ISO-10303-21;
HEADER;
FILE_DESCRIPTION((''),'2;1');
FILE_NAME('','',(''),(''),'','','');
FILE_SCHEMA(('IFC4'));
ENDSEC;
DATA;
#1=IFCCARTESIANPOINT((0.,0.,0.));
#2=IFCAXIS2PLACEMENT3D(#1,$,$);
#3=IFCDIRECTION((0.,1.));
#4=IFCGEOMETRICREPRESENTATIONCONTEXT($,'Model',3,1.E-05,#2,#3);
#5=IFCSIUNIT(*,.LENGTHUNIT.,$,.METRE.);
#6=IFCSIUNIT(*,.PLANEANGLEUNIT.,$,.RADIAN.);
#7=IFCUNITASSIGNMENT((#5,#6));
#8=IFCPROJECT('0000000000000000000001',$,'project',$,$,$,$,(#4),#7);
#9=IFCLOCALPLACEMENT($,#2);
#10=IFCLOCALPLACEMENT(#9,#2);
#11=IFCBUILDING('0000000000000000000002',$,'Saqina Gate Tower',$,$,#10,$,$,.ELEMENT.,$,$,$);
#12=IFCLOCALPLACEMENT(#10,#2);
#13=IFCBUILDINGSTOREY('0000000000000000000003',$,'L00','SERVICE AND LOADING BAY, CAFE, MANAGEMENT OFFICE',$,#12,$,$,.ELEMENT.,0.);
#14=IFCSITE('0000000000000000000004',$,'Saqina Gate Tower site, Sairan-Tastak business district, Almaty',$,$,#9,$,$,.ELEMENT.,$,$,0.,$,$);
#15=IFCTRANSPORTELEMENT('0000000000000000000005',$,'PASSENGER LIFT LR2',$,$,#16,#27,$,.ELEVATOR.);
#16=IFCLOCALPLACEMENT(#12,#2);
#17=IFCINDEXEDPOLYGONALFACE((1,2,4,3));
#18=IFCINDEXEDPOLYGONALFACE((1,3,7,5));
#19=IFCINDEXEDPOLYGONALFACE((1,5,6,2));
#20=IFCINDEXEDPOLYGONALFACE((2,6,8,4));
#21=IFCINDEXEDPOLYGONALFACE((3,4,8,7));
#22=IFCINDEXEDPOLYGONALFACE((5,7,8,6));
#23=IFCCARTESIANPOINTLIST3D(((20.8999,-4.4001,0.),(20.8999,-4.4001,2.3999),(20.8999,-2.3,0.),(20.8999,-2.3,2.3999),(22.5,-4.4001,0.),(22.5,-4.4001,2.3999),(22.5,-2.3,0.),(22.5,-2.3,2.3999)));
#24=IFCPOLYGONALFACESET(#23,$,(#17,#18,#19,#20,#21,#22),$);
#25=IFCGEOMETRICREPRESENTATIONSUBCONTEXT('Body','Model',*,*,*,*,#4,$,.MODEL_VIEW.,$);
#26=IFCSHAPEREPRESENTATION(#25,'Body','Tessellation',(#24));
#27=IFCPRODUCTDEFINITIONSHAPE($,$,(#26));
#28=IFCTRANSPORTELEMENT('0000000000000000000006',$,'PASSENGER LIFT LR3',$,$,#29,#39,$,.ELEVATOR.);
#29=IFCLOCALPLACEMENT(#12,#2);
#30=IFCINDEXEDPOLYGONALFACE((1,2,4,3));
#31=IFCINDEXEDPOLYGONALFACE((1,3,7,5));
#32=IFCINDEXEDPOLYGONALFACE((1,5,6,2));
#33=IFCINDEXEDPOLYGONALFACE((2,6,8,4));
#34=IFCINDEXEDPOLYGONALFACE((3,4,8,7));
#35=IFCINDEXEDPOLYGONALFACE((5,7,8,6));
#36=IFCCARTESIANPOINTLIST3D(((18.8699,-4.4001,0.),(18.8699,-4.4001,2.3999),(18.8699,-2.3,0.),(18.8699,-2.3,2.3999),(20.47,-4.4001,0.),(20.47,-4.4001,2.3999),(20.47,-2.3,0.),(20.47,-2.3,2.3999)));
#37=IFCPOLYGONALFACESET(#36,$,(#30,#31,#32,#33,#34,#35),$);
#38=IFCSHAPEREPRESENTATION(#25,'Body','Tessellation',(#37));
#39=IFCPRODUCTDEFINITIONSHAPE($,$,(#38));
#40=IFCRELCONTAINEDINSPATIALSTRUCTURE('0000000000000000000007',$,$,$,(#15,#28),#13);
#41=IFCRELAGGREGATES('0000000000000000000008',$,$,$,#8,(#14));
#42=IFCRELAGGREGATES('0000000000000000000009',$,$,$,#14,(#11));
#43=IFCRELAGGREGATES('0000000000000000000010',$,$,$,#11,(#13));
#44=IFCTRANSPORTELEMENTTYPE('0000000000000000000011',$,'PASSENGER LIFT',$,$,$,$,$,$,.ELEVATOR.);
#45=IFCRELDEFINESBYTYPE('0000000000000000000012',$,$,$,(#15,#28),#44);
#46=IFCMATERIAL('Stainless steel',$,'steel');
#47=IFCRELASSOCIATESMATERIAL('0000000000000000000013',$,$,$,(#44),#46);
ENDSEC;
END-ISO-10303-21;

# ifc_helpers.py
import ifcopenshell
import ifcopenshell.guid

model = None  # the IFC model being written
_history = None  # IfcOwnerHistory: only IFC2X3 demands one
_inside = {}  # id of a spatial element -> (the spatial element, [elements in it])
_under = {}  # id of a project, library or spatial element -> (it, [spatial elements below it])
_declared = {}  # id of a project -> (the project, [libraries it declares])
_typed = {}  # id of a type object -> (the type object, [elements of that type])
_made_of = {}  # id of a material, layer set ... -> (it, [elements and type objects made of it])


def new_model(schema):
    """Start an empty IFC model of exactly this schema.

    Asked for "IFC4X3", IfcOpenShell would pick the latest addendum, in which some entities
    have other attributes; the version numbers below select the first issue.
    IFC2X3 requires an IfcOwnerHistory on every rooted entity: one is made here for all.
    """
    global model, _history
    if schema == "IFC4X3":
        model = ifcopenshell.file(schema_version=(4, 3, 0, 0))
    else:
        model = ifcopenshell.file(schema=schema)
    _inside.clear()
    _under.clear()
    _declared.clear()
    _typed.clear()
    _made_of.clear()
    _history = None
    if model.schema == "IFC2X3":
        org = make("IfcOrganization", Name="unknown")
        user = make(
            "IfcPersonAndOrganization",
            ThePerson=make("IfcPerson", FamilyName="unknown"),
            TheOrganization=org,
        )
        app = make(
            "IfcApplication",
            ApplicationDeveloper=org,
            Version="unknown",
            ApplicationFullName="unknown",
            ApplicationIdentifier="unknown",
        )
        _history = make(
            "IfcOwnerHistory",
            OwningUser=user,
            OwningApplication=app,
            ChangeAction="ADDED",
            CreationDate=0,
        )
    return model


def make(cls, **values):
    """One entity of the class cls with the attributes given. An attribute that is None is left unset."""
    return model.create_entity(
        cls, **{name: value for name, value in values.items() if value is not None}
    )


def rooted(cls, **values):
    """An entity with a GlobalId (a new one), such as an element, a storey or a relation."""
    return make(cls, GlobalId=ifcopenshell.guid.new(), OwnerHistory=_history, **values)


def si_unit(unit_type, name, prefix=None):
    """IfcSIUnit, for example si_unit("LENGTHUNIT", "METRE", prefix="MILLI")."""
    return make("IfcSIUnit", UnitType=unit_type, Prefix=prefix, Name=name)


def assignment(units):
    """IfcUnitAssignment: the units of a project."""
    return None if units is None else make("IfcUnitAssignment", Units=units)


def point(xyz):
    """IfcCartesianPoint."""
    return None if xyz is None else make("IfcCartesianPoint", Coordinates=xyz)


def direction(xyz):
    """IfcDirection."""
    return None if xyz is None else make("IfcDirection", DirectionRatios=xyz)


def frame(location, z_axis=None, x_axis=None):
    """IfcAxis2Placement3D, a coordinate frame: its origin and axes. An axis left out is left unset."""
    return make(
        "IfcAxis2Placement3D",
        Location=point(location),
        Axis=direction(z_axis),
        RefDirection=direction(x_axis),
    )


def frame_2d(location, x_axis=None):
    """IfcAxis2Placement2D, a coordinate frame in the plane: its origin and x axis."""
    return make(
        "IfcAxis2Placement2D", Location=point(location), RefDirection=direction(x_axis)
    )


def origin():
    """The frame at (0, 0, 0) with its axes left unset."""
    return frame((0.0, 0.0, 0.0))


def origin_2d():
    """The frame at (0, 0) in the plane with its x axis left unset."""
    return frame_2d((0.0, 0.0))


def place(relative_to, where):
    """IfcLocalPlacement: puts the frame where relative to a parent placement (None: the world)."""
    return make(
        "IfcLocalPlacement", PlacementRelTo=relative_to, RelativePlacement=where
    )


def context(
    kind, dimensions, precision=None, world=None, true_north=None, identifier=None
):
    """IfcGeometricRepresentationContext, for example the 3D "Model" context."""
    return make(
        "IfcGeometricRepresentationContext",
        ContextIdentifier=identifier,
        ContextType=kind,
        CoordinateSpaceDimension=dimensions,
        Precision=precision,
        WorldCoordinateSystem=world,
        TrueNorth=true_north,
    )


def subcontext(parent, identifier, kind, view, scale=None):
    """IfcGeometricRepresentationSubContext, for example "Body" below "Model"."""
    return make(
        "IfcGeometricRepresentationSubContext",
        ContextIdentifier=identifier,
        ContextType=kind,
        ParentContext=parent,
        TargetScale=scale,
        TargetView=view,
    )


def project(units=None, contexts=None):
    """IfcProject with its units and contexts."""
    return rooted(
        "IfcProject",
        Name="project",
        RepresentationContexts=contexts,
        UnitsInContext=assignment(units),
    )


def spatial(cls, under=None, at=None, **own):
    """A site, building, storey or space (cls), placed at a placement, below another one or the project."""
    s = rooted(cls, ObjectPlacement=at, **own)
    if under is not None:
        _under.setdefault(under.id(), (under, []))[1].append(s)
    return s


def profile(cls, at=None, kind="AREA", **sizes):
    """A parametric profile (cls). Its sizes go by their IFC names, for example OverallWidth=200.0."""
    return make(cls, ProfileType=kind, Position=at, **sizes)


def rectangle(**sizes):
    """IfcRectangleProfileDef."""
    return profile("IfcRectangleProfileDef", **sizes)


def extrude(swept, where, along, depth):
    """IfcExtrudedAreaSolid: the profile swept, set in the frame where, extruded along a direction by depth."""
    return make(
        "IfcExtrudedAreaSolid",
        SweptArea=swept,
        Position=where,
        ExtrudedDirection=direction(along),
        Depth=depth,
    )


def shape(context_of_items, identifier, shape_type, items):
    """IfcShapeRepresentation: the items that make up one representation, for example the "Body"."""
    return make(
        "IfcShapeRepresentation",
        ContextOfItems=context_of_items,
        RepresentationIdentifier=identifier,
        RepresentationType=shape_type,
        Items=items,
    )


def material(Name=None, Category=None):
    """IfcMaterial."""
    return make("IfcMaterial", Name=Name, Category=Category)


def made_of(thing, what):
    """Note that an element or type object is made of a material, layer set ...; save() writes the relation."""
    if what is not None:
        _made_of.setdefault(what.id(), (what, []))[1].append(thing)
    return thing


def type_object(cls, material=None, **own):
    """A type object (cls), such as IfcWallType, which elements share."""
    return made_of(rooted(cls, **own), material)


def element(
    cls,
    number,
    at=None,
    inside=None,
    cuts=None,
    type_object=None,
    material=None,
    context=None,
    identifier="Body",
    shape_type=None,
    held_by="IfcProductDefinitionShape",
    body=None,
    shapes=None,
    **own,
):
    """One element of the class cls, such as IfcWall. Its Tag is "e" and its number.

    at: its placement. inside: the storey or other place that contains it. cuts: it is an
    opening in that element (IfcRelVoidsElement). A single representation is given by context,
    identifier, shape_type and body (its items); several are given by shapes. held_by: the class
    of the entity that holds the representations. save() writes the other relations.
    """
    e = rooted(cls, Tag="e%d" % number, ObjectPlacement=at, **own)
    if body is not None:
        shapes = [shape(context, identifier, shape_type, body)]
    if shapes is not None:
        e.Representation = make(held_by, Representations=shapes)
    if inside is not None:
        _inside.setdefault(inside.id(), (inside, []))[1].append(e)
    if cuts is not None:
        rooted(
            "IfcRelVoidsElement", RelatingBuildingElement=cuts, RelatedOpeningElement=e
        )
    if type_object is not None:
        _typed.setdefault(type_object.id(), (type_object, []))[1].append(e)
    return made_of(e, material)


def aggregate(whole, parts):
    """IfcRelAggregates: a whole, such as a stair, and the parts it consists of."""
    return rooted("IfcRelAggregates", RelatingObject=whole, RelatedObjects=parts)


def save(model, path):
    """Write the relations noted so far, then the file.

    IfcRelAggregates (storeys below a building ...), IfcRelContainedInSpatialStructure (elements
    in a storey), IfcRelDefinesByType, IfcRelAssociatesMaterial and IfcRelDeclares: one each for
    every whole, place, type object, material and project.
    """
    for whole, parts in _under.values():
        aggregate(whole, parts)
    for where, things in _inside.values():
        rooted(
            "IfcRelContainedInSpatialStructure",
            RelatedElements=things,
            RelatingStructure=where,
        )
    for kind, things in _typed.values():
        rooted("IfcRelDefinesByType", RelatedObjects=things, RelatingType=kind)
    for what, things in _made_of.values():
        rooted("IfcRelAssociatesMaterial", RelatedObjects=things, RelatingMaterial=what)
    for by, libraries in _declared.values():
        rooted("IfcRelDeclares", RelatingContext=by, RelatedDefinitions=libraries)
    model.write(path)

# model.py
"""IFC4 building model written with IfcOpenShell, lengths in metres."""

from ifc_helpers import new_model, si_unit, direction, frame, origin, origin_2d, place, context, subcontext, project, spatial, rectangle, extrude, material, type_object, element, save


model = new_model("IFC4")

# Units and contexts
model_context = context("Model", 3, precision=1e-05, world=origin(), true_north=direction((0.0, 1.0)))
body_context = subcontext(model_context, "Body", "Model", "MODEL_VIEW")
ifc_project = project(units=[si_unit("LENGTHUNIT", "METRE"), si_unit("PLANEANGLEUNIT", "RADIAN")], contexts=[model_context])

# Site, building, storey
site_placement = place(None, origin())
site = spatial("IfcSite", under=ifc_project, at=site_placement, Name="Saqina Gate Tower site, Sairan-Tastak business district, Almaty", CompositionType="ELEMENT", RefElevation=0.0)
building_placement = place(site_placement, origin())
building = spatial("IfcBuilding", under=site, at=building_placement, Name="Saqina Gate Tower", CompositionType="ELEMENT")
storey_placement = place(building_placement, origin())
storey = spatial("IfcBuildingStorey", under=building, at=storey_placement, Name="L00", Description="SERVICE AND LOADING BAY, CAFE, MANAGEMENT OFFICE", CompositionType="ELEMENT", Elevation=0.0)

# Transport elements
ifc_material_1 = material(Name="Stainless steel", Category="steel")
transport_element_type = type_object("IfcTransportElementType", Name="PASSENGER LIFT", PredefinedType="ELEVATOR", material=ifc_material_1)
for number, where, z_axis, x_axis, name in (
    (1, (21.7, -3.3501, 0.0), (0.0, 0.0, 1.0), (1.0, 0.0, 0.0), "PASSENGER LIFT LR2"),
    (2, (19.6699, -3.3501, 0.0), (0.0, 0.0, 1.0), (1.0, 0.0, 0.0), "PASSENGER LIFT LR3"),
):
    element("IfcTransportElement", number, at=place(storey_placement, frame(where, z_axis=z_axis, x_axis=x_axis)), inside=storey, type_object=transport_element_type, Name=name, PredefinedType="ELEVATOR", context=body_context, shape_type="SweptSolid", body=[
        extrude(rectangle(XDim=1.6001, YDim=2.1001, at=origin_2d()), origin(), (0.0, 0.0, 1.0), 2.3999),
    ])

save(model, "model.ifc")
